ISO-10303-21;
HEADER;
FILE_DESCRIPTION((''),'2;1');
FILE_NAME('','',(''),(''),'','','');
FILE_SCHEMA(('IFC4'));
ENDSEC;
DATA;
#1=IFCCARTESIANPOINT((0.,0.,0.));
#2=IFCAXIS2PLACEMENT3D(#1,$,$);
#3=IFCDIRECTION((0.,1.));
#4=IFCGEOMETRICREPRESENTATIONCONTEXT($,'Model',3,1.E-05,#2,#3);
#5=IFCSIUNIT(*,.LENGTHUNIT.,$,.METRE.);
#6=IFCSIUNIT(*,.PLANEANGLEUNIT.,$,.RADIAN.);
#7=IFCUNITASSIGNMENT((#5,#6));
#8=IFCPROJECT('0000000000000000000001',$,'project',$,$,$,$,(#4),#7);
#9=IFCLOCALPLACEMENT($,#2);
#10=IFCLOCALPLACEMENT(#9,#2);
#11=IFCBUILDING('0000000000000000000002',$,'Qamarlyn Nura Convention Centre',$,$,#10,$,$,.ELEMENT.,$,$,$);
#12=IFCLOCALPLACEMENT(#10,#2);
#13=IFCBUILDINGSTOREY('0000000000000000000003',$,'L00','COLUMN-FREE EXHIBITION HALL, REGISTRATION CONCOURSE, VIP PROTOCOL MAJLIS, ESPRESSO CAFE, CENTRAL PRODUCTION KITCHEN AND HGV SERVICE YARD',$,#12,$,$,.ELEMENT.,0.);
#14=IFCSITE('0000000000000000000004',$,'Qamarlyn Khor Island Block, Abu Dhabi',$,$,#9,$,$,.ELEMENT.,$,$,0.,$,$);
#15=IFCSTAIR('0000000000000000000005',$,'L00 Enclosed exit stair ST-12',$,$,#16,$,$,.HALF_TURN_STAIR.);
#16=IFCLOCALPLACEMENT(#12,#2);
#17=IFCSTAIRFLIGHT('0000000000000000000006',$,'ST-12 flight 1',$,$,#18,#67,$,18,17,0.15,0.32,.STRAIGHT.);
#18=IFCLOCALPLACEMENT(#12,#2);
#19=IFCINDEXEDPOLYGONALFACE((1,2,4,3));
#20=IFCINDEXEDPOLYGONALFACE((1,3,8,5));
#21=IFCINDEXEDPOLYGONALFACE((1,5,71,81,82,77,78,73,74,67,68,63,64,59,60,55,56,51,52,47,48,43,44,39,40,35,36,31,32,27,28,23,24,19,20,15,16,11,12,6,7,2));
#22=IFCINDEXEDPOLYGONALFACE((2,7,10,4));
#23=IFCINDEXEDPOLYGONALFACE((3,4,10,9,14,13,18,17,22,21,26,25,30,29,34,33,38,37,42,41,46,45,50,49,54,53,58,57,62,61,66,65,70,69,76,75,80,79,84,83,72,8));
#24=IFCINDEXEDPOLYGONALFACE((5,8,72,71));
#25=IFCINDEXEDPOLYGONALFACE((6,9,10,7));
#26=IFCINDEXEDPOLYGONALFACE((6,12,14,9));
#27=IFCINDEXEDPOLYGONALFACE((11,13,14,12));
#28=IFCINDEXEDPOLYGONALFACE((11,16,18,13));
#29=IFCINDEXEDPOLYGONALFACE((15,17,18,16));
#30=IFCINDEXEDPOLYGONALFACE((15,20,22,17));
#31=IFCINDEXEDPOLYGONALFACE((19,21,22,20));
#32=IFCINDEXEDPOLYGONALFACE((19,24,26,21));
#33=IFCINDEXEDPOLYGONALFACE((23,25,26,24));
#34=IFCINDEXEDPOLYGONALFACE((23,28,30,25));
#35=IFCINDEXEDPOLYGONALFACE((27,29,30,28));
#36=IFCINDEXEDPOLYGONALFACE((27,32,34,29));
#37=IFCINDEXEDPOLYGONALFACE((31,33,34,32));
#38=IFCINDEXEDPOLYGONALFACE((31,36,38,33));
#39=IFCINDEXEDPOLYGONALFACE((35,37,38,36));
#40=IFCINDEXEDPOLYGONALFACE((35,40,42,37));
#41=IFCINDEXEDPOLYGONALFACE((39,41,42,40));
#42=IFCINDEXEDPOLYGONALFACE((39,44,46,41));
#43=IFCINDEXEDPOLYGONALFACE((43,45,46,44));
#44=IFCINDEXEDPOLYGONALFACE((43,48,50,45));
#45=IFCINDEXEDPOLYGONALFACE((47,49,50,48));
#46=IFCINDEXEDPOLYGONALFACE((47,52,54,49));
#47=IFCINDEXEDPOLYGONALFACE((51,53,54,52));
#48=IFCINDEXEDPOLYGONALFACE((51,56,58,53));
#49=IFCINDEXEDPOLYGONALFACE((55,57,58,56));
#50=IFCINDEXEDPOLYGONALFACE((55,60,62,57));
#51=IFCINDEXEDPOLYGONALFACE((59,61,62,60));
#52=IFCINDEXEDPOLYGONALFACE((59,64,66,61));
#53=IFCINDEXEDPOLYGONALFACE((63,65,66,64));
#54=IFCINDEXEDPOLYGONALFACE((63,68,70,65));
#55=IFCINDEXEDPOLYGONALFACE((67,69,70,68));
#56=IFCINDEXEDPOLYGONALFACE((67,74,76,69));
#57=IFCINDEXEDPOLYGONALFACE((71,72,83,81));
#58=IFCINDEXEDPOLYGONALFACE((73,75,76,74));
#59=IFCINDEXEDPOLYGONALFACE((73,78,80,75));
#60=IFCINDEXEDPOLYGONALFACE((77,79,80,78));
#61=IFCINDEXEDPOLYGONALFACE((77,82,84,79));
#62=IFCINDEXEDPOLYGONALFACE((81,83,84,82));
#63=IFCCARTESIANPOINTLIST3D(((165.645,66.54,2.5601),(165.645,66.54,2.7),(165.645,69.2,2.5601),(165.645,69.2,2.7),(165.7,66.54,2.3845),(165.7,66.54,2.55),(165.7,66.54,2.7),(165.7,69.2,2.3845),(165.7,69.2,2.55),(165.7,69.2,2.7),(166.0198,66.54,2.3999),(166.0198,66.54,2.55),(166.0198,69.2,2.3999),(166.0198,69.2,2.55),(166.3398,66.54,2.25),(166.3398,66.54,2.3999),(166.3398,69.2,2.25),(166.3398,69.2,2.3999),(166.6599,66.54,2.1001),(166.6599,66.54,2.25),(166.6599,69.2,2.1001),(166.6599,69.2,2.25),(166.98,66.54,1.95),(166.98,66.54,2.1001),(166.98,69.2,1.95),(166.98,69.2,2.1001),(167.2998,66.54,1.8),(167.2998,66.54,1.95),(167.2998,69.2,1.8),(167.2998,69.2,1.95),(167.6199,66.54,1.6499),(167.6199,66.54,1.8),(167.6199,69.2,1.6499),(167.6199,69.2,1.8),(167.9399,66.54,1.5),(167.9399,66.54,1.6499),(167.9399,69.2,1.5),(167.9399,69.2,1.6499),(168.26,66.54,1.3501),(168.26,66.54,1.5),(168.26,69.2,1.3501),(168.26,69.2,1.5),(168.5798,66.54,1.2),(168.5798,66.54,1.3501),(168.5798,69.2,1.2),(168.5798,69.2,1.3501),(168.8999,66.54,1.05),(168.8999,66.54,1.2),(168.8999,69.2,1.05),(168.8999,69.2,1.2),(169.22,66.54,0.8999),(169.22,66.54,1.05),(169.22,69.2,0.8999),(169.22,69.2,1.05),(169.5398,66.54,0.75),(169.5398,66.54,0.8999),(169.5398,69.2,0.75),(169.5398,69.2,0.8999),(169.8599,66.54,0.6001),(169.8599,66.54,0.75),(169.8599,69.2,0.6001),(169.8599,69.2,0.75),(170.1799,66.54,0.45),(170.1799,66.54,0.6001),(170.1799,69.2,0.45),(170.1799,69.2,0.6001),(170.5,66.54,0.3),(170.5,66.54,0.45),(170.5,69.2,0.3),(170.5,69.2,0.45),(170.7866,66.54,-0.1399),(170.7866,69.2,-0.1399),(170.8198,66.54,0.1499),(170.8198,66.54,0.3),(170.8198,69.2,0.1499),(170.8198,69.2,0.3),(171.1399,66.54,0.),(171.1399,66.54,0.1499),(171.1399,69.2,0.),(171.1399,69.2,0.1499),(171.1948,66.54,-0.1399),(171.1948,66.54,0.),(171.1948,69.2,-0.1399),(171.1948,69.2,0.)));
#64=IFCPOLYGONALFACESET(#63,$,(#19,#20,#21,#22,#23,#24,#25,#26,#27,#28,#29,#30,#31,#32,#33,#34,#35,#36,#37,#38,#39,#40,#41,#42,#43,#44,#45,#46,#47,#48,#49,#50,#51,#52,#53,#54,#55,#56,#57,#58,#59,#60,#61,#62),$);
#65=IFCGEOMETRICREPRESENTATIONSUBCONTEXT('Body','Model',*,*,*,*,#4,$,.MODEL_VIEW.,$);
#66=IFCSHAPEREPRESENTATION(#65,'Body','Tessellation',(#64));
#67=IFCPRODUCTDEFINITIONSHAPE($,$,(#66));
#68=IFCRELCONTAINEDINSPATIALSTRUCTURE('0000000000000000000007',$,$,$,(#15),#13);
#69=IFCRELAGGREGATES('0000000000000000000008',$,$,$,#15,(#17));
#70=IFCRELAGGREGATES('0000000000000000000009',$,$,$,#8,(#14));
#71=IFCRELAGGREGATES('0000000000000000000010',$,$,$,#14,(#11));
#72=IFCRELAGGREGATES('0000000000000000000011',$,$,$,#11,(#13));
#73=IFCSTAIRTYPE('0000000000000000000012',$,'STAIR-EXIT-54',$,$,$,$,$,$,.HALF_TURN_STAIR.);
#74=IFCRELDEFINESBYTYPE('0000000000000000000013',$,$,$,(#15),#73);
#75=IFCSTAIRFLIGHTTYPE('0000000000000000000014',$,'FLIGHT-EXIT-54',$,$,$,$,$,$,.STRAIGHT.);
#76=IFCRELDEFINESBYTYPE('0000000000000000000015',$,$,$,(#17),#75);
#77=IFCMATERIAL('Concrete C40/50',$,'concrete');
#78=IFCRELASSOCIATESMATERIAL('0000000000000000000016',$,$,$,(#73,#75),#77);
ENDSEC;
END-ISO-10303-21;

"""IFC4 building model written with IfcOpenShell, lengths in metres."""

from ifc_helpers import new_model, si_unit, direction, frame, origin, place, context, subcontext, project, spatial, polyline, outline, extrude, material, type_object, element, aggregate, save


model = new_model("IFC4")

# Units and contexts
model_context = context("Model", 3, precision=1e-05, world=origin(), true_north=direction((0.0, 1.0)))
body_context = subcontext(model_context, "Body", "Model", "MODEL_VIEW")
ifc_project = project(units=[si_unit("LENGTHUNIT", "METRE"), si_unit("PLANEANGLEUNIT", "RADIAN")], contexts=[model_context])

# Site, building, storey
site_placement = place(None, origin())
site = spatial("IfcSite", under=ifc_project, at=site_placement, Name="Qamarlyn Khor Island Block, Abu Dhabi", CompositionType="ELEMENT", RefElevation=0.0)
building_placement = place(site_placement, origin())
building = spatial("IfcBuilding", under=site, at=building_placement, Name="Qamarlyn Nura Convention Centre", CompositionType="ELEMENT")
storey_placement = place(building_placement, origin())
storey = spatial("IfcBuildingStorey", under=building, at=storey_placement, Name="L00", Description="COLUMN-FREE EXHIBITION HALL, REGISTRATION CONCOURSE, VIP PROTOCOL MAJLIS, ESPRESSO CAFE, CENTRAL PRODUCTION KITCHEN AND HGV SERVICE YARD", CompositionType="ELEMENT", Elevation=0.0)

# Stair, stair flight
ifc_material_1 = material(Name="Concrete C40/50", Category="concrete")
stair_type = type_object("IfcStairType", Name="STAIR-EXIT-54", PredefinedType="HALF_TURN_STAIR", material=ifc_material_1)
stair_placement = place(storey_placement, origin())
stair = element("IfcStair", 1, at=stair_placement, inside=storey, type_object=stair_type, Name="L00 Enclosed exit stair ST-12", PredefinedType="HALF_TURN_STAIR")
stair_flight_type = type_object("IfcStairFlightType", Name="FLIGHT-EXIT-54", PredefinedType="STRAIGHT", material=ifc_material_1)
stair_flight_placement = place(storey_placement, frame((171.1399, 67.8701, 0.0), z_axis=(0.0, 0.0, 1.0), x_axis=(-1.0, 0.0, 0.0)))
stair_flight = element("IfcStairFlight", 2, at=stair_flight_placement, type_object=stair_flight_type, Name="ST-12 flight 1", NumberOfRisers=18, NumberOfTreads=17, PredefinedType="STRAIGHT", RiserHeight=0.15, TreadLength=0.32, context=body_context, shape_type="SweptSolid", body=[
    extrude(outline(polyline([(-0.0549, 0.0), (0.0, 0.0), (0.0, 0.1499), (0.3201, 0.1499), (0.3201, 0.3), (0.6399, 0.3), (0.6399, 0.45), (0.96, 0.45), (0.96, 0.6001), (1.28, 0.6001), (1.28, 0.75), (1.6001, 0.75), (1.6001, 0.8999), (1.9199, 0.8999), (1.9199, 1.05), (2.24, 1.05), (2.24, 1.2), (2.5601, 1.2), (2.5601, 1.3501), (2.8799, 1.3501), (2.8799, 1.5), (3.2, 1.5), (3.2, 1.6499), (3.52, 1.6499), (3.52, 1.8), (3.8401, 1.8), (3.8401, 1.95), (4.1599, 1.95), (4.1599, 2.1001), (4.48, 2.1001), (4.48, 2.25), (4.8, 2.25), (4.8, 2.3999), (5.1201, 2.3999), (5.1201, 2.55), (5.4399, 2.55), (5.4399, 2.7), (5.4949, 2.7), (5.4949, 2.5601), (5.4399, 2.3845), (0.3533, -0.1399), (-0.0549, -0.1399), (-0.0549, 0.0)])), frame((0.0, 1.3301, 0.0), z_axis=(0.0, -1.0, 0.0), x_axis=(1.0, 0.0, 0.0)), (0.0, 0.0, 1.0), 2.6599),
])
aggregate(stair, [stair_flight])

save(model, "model.ifc")
